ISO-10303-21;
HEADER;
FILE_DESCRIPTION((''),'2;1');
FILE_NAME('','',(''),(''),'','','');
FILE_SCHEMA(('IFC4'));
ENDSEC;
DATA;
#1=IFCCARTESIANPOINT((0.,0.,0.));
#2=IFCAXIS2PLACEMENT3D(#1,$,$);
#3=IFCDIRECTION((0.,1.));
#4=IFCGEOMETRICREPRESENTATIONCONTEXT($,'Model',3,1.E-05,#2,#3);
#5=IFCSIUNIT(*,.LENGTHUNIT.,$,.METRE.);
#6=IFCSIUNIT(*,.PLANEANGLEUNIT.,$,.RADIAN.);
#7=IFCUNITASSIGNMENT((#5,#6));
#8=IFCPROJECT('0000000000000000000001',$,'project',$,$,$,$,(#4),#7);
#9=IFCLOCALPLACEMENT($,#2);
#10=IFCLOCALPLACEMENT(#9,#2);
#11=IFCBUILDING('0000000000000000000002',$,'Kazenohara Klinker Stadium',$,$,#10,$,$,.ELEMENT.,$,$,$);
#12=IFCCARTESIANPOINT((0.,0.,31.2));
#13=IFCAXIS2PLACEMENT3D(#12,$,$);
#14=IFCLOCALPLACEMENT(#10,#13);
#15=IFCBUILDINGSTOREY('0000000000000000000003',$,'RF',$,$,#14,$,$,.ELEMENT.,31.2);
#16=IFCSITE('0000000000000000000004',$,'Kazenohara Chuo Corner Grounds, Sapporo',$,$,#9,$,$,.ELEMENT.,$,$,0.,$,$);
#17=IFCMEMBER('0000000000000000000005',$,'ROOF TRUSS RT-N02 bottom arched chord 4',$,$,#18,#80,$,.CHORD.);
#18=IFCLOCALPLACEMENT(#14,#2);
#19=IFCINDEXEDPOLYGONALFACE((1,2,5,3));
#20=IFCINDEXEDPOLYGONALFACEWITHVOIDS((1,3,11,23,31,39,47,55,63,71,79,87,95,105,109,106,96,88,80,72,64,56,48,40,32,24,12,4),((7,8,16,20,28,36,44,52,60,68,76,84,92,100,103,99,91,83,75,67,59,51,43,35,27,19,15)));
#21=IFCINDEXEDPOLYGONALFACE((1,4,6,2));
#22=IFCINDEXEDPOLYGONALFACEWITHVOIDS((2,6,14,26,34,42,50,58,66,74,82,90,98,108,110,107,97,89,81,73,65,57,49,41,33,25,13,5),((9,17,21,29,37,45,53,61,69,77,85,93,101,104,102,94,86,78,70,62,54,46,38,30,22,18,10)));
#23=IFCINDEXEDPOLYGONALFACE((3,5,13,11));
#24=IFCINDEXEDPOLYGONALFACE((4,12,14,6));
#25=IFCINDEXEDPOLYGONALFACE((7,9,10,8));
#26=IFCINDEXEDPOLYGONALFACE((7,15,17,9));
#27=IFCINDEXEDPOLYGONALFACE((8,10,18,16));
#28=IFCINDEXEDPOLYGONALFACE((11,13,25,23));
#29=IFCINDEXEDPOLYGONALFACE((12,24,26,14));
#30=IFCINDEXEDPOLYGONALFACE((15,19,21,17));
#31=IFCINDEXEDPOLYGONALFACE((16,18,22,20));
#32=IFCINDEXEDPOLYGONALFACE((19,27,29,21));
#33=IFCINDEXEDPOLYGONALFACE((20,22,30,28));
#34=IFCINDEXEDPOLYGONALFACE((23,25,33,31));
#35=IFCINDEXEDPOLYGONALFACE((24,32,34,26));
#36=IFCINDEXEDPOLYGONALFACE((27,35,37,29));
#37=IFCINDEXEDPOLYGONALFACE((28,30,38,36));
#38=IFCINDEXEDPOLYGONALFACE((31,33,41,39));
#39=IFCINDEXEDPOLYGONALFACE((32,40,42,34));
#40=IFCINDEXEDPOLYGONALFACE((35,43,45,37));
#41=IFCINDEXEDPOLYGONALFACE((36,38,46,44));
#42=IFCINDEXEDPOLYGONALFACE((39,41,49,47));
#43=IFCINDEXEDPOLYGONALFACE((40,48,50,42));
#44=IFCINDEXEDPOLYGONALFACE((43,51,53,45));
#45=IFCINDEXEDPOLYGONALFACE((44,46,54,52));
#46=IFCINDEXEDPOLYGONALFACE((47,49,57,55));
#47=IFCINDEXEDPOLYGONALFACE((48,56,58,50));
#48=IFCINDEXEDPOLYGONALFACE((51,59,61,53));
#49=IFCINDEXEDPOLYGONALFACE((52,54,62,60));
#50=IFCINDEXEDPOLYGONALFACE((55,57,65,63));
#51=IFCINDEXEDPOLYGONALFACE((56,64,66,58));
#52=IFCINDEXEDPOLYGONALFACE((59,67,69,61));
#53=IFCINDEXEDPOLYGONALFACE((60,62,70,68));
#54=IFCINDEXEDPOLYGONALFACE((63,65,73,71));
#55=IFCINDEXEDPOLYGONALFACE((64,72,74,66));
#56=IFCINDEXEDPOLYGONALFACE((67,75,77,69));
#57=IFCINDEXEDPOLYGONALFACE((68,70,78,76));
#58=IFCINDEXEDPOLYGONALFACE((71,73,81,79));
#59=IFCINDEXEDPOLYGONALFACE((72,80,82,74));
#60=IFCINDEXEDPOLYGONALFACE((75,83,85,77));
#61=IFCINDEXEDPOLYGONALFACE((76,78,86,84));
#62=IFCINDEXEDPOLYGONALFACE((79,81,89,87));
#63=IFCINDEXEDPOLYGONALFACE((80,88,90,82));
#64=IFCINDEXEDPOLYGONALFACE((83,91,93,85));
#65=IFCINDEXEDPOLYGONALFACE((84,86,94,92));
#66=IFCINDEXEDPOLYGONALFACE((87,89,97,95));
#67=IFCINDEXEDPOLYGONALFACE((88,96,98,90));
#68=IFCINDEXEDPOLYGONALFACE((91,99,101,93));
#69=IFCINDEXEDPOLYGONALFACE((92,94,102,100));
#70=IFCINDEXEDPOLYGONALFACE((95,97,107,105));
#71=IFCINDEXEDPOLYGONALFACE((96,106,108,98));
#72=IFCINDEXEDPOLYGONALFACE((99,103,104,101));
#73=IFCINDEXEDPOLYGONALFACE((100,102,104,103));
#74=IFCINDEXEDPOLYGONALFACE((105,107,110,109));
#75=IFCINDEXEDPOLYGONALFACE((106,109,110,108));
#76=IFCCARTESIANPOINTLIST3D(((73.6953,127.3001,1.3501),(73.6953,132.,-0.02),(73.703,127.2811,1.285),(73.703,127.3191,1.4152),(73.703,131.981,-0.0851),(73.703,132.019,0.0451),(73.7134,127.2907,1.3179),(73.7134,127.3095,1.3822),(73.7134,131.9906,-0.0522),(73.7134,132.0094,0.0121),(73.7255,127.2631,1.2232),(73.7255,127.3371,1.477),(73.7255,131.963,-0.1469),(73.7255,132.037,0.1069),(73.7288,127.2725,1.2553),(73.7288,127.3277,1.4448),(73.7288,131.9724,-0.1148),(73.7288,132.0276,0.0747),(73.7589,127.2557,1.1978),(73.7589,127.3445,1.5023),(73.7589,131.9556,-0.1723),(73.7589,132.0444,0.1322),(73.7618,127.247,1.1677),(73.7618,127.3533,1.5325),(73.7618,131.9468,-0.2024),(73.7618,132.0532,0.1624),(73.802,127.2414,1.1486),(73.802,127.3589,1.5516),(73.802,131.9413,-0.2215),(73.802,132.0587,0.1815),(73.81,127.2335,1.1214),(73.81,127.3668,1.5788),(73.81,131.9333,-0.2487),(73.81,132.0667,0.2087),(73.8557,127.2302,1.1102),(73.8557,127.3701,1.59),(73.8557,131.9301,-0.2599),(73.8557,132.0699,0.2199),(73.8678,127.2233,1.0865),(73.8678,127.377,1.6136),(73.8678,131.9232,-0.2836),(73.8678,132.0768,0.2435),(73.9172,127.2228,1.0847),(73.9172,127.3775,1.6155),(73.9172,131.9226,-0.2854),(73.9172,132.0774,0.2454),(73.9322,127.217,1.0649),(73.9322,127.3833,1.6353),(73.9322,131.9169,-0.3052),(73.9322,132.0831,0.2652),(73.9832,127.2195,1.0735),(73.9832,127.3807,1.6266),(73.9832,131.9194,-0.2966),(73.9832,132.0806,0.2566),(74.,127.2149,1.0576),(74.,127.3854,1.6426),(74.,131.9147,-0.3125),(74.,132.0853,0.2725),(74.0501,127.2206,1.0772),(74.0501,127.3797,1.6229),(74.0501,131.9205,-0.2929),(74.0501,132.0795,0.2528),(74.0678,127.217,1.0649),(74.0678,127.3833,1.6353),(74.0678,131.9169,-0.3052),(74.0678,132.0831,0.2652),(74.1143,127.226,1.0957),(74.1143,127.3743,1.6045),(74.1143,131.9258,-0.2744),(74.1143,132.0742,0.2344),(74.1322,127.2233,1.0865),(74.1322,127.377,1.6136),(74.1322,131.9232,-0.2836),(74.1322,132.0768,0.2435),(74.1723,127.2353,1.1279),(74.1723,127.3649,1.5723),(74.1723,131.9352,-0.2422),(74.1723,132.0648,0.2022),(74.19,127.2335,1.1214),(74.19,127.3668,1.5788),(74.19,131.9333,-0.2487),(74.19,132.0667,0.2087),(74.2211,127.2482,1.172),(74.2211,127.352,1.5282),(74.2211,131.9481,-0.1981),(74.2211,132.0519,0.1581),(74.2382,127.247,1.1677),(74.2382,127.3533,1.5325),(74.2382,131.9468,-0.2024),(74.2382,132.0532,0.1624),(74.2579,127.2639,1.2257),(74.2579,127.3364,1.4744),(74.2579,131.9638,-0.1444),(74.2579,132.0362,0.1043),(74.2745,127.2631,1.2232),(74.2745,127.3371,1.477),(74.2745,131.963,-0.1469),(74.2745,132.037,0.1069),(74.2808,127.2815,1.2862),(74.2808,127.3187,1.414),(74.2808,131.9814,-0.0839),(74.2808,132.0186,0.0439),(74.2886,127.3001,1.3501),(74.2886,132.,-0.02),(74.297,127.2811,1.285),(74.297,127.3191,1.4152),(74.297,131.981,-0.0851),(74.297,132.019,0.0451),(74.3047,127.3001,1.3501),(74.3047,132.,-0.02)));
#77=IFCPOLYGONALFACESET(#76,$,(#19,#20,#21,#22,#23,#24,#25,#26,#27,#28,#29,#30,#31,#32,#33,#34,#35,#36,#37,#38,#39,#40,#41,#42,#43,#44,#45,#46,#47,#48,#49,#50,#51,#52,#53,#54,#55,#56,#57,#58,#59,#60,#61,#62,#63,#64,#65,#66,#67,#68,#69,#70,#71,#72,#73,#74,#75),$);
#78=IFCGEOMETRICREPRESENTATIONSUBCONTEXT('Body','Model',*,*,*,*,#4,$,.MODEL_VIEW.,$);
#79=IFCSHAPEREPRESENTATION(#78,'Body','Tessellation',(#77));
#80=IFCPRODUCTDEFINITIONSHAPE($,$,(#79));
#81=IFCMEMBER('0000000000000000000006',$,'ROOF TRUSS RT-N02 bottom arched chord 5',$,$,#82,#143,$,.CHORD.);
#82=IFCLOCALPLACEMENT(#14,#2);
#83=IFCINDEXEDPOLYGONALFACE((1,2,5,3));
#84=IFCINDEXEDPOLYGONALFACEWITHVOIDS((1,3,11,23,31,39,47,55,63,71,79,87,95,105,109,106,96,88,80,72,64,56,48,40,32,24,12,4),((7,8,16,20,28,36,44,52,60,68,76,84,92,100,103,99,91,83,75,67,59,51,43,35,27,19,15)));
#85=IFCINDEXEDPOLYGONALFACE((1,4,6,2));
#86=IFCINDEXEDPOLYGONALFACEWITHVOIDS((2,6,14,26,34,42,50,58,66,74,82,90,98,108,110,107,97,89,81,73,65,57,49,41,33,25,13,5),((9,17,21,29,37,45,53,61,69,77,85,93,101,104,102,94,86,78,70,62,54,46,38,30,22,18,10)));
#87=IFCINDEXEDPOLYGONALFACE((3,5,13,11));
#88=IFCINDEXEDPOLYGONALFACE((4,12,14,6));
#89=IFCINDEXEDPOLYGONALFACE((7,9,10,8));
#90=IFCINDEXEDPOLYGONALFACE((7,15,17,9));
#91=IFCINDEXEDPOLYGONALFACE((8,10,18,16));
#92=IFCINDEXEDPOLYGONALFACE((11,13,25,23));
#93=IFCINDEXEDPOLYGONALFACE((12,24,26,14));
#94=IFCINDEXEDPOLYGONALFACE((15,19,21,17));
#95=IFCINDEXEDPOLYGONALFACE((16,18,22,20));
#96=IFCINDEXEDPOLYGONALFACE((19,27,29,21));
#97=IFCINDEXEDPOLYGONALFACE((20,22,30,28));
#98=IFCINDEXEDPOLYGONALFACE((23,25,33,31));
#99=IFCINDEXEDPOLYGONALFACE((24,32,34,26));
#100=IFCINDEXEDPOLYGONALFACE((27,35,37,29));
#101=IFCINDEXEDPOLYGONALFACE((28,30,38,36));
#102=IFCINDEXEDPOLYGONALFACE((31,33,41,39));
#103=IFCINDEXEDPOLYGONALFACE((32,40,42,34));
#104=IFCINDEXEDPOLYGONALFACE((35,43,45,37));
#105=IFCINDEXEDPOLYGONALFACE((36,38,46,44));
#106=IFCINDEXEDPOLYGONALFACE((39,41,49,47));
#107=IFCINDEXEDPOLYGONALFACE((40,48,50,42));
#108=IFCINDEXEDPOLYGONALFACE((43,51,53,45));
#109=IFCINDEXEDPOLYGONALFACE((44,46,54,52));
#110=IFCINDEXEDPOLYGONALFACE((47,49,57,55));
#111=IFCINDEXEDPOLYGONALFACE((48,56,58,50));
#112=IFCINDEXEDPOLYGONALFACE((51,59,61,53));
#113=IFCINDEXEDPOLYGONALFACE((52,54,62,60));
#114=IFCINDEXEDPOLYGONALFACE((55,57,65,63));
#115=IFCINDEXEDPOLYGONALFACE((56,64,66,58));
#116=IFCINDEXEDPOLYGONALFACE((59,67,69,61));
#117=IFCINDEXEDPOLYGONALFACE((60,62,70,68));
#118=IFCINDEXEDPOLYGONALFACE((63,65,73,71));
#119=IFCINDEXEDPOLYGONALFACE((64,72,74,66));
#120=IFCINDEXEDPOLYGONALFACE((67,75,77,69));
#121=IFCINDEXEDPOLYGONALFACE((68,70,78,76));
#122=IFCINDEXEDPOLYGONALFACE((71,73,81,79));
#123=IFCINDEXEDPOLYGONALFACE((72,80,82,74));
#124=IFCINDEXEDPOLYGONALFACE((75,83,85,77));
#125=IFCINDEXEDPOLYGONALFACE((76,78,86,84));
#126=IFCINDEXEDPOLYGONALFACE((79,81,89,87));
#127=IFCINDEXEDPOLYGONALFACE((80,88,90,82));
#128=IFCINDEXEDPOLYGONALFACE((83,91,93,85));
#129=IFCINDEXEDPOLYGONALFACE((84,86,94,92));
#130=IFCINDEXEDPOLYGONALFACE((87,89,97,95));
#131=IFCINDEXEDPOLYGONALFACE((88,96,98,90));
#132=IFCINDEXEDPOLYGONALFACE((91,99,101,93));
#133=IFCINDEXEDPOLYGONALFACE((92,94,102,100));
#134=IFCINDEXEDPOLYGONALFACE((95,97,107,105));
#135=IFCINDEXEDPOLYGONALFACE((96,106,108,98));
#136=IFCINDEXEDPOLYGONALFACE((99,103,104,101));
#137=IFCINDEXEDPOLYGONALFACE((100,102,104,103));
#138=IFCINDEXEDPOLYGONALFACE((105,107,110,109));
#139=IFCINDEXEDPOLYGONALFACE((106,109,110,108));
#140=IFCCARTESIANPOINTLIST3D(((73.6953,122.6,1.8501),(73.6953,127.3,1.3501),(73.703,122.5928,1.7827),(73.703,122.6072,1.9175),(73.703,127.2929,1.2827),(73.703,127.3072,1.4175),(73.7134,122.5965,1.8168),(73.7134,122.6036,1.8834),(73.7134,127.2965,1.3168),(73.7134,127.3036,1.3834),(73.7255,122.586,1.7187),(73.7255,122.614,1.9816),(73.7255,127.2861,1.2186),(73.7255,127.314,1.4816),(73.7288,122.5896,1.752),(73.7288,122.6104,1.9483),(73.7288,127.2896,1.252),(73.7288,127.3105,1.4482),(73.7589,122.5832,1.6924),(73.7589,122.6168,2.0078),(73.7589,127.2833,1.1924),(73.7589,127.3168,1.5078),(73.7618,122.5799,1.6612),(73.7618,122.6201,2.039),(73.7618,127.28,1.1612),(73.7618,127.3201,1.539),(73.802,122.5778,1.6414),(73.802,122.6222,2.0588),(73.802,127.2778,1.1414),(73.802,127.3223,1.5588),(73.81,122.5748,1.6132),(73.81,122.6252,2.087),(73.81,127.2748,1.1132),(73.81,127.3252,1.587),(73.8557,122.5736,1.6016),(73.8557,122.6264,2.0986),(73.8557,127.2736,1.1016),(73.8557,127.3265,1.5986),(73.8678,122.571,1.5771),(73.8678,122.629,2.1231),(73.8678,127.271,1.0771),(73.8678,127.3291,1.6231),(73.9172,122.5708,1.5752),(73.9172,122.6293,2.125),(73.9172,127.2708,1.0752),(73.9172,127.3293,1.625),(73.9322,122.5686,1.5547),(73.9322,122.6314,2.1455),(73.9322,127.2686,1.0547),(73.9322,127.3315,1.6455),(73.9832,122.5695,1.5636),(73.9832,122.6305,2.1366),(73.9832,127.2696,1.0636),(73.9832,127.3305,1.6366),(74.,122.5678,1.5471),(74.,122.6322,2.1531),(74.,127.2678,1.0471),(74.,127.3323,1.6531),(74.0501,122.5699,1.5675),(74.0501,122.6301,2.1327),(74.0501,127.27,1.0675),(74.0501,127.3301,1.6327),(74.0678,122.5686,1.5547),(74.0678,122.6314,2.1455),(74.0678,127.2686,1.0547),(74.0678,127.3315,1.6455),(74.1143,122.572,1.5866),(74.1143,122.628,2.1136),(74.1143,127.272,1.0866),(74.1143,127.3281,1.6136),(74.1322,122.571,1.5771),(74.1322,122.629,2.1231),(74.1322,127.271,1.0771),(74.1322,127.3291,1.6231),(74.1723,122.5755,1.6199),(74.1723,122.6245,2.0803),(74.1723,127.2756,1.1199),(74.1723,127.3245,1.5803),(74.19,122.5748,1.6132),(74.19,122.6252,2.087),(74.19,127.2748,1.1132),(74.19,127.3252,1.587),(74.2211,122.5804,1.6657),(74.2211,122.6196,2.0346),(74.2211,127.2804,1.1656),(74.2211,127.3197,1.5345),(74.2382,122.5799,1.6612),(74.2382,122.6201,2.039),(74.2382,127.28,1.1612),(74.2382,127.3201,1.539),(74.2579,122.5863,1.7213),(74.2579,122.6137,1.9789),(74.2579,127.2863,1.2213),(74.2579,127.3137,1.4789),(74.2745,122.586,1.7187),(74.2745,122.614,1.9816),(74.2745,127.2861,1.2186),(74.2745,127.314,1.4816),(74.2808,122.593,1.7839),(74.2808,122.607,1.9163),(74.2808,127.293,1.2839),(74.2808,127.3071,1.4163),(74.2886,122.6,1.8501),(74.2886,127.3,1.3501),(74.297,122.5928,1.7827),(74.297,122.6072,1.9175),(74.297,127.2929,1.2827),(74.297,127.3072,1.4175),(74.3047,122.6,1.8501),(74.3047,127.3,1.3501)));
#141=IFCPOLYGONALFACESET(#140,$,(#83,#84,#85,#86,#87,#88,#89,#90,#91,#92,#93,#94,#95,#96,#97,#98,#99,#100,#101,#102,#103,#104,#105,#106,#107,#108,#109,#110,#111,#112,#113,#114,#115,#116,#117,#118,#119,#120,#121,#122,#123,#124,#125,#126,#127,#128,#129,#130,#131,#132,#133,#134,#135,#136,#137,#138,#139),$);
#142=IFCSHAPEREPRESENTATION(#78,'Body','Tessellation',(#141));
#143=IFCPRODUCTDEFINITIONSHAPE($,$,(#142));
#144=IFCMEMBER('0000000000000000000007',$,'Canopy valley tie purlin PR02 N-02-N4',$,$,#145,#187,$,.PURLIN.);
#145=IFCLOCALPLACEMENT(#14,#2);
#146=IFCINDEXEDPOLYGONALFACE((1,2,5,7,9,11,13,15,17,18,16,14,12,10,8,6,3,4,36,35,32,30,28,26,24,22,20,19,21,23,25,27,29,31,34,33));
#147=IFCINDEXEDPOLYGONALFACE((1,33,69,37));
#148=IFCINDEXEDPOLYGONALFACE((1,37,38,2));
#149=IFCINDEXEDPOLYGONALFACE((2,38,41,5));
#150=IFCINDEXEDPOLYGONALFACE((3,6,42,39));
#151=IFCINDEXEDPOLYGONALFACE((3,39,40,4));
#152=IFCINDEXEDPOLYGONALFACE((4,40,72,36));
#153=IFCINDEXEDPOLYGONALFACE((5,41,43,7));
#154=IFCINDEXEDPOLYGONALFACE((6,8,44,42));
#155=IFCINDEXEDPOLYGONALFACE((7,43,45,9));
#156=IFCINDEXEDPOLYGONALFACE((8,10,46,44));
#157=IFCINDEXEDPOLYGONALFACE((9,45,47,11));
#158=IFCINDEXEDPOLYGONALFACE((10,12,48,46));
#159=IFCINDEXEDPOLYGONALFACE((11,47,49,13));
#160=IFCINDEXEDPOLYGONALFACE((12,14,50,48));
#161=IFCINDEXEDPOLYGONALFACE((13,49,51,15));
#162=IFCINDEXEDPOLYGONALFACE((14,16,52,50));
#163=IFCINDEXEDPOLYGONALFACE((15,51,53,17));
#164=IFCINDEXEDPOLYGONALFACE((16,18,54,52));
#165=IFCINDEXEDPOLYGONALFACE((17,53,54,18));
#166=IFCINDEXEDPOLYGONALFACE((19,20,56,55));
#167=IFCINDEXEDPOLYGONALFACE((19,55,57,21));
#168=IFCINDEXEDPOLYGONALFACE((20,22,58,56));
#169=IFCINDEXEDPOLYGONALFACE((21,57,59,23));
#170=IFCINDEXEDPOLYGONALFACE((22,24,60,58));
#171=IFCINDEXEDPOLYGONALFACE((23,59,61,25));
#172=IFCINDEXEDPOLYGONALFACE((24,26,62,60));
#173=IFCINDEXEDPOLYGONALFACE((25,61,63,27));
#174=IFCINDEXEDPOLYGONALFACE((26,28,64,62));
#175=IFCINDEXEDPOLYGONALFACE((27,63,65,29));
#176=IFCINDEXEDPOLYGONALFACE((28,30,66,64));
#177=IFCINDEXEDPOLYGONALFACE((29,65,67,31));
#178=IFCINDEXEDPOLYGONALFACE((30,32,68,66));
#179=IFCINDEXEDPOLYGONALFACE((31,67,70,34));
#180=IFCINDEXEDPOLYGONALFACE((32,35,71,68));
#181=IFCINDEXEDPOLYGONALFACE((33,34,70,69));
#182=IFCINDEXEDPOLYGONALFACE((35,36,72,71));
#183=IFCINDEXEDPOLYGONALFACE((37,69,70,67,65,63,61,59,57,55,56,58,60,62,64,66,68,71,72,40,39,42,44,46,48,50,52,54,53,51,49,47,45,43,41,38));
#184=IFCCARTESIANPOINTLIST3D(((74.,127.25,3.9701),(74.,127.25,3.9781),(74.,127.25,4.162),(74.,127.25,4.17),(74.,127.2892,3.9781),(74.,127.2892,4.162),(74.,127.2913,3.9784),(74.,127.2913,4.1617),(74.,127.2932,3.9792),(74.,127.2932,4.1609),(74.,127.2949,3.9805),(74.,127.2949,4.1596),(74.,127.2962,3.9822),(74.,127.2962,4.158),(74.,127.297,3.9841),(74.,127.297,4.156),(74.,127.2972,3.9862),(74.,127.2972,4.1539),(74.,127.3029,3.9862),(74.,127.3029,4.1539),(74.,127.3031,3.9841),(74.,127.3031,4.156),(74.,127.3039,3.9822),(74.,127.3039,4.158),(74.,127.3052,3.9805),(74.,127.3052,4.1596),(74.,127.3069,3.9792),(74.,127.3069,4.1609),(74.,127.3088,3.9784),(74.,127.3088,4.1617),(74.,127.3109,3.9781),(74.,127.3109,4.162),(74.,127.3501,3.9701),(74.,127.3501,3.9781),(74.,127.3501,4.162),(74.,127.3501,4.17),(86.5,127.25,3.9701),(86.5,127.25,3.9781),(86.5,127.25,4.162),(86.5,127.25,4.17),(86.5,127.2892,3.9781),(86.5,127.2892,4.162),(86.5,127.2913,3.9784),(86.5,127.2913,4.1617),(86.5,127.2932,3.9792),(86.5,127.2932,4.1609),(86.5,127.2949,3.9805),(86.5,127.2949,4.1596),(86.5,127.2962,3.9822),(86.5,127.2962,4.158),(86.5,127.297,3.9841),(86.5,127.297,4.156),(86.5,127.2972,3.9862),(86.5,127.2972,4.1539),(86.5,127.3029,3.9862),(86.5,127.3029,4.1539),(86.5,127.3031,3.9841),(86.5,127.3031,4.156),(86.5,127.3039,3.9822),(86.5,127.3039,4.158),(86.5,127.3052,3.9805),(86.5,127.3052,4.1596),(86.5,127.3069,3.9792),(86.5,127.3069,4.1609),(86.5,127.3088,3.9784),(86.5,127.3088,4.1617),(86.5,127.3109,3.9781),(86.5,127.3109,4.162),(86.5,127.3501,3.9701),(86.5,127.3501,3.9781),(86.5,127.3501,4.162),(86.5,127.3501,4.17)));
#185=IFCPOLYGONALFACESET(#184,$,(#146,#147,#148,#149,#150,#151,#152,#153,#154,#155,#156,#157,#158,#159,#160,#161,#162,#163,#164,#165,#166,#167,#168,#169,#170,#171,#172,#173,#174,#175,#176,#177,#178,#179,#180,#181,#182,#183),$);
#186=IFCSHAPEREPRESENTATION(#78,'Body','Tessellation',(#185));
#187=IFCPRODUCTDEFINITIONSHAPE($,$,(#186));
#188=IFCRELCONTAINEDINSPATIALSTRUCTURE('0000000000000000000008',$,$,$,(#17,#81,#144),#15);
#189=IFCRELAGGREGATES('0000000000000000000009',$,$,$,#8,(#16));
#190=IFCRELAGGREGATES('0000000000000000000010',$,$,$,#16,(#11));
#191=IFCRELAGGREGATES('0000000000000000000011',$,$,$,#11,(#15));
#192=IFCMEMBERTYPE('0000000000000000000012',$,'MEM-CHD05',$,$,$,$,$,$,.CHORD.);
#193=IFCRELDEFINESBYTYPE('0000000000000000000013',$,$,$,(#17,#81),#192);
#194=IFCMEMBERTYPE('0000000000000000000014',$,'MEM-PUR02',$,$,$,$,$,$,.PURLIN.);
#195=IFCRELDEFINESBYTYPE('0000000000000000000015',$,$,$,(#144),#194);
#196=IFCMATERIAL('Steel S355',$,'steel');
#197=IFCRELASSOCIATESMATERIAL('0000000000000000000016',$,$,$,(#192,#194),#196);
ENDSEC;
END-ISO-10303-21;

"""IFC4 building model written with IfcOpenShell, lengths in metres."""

from ifc_helpers import new_model, si_unit, direction, frame, origin, origin_2d, place, context, subcontext, project, spatial, hollow_circle, i_section, extrude, material, material_profile, profile_set, type_object, element, save


model = new_model("IFC4")

# Units and contexts
model_context = context("Model", 3, precision=1e-05, world=origin(), true_north=direction((0.0, 1.0)))
body_context = subcontext(model_context, "Body", "Model", "MODEL_VIEW")
ifc_project = project(units=[si_unit("LENGTHUNIT", "METRE"), si_unit("PLANEANGLEUNIT", "RADIAN")], contexts=[model_context])

# Site, building, storey
site_placement = place(None, origin())
site = spatial("IfcSite", under=ifc_project, at=site_placement, Name="Kazenohara Chuo Corner Grounds, Sapporo", CompositionType="ELEMENT", RefElevation=0.0)
building_placement = place(site_placement, origin())
building = spatial("IfcBuilding", under=site, at=building_placement, Name="Kazenohara Klinker Stadium", CompositionType="ELEMENT")
storey_placement = place(building_placement, frame((0.0, 0.0, 31.2)))
storey = spatial("IfcBuildingStorey", under=building, at=storey_placement, Name="RF", CompositionType="ELEMENT", Elevation=31.2)

# Members
ifc_material_1 = material(Name="Steel S355", Category="steel")
ifc_material_profile_1 = material_profile(ifc_material_1, hollow_circle(Radius=0.3047, WallThickness=0.0161, at=origin_2d()), Name="CHS-609.6x16")
ifc_profile_set_1 = profile_set([ifc_material_profile_1], Name="Steel S355")
member_type_1 = type_object("IfcMemberType", Name="MEM-CHD05", PredefinedType="CHORD", material=ifc_profile_set_1)
member_1_placement = place(storey_placement, frame((74.0, 132.0, -0.02), z_axis=(0.0, -0.960039, 0.279868), x_axis=(1.0, 0.0, 0.0)))
element("IfcMember", 1, at=member_1_placement, inside=storey, type_object=member_type_1, Name="ROOF TRUSS RT-N02 bottom arched chord 4", PredefinedType="CHORD", context=body_context, shape_type="SweptSolid", body=[
    extrude(hollow_circle(Radius=0.3047, WallThickness=0.0161, at=origin_2d()), origin(), (0.0, 0.0, 1.0), 4.8955),
])
member_2_placement = place(storey_placement, frame((74.0, 127.3, 1.3501), z_axis=(0.0, -0.994389, 0.105787), x_axis=(1.0, 0.0, 0.0)))
element("IfcMember", 2, at=member_2_placement, inside=storey, type_object=member_type_1, Name="ROOF TRUSS RT-N02 bottom arched chord 5", PredefinedType="CHORD", context=body_context, shape_type="SweptSolid", body=[
    extrude(hollow_circle(Radius=0.3047, WallThickness=0.0161, at=origin_2d()), origin(), (0.0, 0.0, 1.0), 4.7266),
])
ifc_material_profile_2 = material_profile(ifc_material_1, i_section(OverallWidth=0.1001, OverallDepth=0.2, WebThickness=0.0056, FlangeThickness=0.0081, FilletRadius=0.0081, at=origin_2d()), Name="H-200x100x5.5x8")
ifc_profile_set_2 = profile_set([ifc_material_profile_2], Name="Steel S355")
member_type_2 = type_object("IfcMemberType", Name="MEM-PUR02", PredefinedType="PURLIN", material=ifc_profile_set_2)
member_3_placement = place(storey_placement, frame((74.0, 127.3, 4.0701), z_axis=(1.0, 0.0, 0.0), x_axis=(0.0, 1.0, 0.0)))
element("IfcMember", 3, at=member_3_placement, inside=storey, type_object=member_type_2, Name="Canopy valley tie purlin PR02 N-02-N4", PredefinedType="PURLIN", context=body_context, shape_type="SweptSolid", body=[
    extrude(i_section(OverallWidth=0.1001, OverallDepth=0.2, WebThickness=0.0056, FlangeThickness=0.0081, FilletRadius=0.0081, at=origin_2d()), origin(), (0.0, 0.0, 1.0), 12.5),
])

save(model, "model.ifc")
